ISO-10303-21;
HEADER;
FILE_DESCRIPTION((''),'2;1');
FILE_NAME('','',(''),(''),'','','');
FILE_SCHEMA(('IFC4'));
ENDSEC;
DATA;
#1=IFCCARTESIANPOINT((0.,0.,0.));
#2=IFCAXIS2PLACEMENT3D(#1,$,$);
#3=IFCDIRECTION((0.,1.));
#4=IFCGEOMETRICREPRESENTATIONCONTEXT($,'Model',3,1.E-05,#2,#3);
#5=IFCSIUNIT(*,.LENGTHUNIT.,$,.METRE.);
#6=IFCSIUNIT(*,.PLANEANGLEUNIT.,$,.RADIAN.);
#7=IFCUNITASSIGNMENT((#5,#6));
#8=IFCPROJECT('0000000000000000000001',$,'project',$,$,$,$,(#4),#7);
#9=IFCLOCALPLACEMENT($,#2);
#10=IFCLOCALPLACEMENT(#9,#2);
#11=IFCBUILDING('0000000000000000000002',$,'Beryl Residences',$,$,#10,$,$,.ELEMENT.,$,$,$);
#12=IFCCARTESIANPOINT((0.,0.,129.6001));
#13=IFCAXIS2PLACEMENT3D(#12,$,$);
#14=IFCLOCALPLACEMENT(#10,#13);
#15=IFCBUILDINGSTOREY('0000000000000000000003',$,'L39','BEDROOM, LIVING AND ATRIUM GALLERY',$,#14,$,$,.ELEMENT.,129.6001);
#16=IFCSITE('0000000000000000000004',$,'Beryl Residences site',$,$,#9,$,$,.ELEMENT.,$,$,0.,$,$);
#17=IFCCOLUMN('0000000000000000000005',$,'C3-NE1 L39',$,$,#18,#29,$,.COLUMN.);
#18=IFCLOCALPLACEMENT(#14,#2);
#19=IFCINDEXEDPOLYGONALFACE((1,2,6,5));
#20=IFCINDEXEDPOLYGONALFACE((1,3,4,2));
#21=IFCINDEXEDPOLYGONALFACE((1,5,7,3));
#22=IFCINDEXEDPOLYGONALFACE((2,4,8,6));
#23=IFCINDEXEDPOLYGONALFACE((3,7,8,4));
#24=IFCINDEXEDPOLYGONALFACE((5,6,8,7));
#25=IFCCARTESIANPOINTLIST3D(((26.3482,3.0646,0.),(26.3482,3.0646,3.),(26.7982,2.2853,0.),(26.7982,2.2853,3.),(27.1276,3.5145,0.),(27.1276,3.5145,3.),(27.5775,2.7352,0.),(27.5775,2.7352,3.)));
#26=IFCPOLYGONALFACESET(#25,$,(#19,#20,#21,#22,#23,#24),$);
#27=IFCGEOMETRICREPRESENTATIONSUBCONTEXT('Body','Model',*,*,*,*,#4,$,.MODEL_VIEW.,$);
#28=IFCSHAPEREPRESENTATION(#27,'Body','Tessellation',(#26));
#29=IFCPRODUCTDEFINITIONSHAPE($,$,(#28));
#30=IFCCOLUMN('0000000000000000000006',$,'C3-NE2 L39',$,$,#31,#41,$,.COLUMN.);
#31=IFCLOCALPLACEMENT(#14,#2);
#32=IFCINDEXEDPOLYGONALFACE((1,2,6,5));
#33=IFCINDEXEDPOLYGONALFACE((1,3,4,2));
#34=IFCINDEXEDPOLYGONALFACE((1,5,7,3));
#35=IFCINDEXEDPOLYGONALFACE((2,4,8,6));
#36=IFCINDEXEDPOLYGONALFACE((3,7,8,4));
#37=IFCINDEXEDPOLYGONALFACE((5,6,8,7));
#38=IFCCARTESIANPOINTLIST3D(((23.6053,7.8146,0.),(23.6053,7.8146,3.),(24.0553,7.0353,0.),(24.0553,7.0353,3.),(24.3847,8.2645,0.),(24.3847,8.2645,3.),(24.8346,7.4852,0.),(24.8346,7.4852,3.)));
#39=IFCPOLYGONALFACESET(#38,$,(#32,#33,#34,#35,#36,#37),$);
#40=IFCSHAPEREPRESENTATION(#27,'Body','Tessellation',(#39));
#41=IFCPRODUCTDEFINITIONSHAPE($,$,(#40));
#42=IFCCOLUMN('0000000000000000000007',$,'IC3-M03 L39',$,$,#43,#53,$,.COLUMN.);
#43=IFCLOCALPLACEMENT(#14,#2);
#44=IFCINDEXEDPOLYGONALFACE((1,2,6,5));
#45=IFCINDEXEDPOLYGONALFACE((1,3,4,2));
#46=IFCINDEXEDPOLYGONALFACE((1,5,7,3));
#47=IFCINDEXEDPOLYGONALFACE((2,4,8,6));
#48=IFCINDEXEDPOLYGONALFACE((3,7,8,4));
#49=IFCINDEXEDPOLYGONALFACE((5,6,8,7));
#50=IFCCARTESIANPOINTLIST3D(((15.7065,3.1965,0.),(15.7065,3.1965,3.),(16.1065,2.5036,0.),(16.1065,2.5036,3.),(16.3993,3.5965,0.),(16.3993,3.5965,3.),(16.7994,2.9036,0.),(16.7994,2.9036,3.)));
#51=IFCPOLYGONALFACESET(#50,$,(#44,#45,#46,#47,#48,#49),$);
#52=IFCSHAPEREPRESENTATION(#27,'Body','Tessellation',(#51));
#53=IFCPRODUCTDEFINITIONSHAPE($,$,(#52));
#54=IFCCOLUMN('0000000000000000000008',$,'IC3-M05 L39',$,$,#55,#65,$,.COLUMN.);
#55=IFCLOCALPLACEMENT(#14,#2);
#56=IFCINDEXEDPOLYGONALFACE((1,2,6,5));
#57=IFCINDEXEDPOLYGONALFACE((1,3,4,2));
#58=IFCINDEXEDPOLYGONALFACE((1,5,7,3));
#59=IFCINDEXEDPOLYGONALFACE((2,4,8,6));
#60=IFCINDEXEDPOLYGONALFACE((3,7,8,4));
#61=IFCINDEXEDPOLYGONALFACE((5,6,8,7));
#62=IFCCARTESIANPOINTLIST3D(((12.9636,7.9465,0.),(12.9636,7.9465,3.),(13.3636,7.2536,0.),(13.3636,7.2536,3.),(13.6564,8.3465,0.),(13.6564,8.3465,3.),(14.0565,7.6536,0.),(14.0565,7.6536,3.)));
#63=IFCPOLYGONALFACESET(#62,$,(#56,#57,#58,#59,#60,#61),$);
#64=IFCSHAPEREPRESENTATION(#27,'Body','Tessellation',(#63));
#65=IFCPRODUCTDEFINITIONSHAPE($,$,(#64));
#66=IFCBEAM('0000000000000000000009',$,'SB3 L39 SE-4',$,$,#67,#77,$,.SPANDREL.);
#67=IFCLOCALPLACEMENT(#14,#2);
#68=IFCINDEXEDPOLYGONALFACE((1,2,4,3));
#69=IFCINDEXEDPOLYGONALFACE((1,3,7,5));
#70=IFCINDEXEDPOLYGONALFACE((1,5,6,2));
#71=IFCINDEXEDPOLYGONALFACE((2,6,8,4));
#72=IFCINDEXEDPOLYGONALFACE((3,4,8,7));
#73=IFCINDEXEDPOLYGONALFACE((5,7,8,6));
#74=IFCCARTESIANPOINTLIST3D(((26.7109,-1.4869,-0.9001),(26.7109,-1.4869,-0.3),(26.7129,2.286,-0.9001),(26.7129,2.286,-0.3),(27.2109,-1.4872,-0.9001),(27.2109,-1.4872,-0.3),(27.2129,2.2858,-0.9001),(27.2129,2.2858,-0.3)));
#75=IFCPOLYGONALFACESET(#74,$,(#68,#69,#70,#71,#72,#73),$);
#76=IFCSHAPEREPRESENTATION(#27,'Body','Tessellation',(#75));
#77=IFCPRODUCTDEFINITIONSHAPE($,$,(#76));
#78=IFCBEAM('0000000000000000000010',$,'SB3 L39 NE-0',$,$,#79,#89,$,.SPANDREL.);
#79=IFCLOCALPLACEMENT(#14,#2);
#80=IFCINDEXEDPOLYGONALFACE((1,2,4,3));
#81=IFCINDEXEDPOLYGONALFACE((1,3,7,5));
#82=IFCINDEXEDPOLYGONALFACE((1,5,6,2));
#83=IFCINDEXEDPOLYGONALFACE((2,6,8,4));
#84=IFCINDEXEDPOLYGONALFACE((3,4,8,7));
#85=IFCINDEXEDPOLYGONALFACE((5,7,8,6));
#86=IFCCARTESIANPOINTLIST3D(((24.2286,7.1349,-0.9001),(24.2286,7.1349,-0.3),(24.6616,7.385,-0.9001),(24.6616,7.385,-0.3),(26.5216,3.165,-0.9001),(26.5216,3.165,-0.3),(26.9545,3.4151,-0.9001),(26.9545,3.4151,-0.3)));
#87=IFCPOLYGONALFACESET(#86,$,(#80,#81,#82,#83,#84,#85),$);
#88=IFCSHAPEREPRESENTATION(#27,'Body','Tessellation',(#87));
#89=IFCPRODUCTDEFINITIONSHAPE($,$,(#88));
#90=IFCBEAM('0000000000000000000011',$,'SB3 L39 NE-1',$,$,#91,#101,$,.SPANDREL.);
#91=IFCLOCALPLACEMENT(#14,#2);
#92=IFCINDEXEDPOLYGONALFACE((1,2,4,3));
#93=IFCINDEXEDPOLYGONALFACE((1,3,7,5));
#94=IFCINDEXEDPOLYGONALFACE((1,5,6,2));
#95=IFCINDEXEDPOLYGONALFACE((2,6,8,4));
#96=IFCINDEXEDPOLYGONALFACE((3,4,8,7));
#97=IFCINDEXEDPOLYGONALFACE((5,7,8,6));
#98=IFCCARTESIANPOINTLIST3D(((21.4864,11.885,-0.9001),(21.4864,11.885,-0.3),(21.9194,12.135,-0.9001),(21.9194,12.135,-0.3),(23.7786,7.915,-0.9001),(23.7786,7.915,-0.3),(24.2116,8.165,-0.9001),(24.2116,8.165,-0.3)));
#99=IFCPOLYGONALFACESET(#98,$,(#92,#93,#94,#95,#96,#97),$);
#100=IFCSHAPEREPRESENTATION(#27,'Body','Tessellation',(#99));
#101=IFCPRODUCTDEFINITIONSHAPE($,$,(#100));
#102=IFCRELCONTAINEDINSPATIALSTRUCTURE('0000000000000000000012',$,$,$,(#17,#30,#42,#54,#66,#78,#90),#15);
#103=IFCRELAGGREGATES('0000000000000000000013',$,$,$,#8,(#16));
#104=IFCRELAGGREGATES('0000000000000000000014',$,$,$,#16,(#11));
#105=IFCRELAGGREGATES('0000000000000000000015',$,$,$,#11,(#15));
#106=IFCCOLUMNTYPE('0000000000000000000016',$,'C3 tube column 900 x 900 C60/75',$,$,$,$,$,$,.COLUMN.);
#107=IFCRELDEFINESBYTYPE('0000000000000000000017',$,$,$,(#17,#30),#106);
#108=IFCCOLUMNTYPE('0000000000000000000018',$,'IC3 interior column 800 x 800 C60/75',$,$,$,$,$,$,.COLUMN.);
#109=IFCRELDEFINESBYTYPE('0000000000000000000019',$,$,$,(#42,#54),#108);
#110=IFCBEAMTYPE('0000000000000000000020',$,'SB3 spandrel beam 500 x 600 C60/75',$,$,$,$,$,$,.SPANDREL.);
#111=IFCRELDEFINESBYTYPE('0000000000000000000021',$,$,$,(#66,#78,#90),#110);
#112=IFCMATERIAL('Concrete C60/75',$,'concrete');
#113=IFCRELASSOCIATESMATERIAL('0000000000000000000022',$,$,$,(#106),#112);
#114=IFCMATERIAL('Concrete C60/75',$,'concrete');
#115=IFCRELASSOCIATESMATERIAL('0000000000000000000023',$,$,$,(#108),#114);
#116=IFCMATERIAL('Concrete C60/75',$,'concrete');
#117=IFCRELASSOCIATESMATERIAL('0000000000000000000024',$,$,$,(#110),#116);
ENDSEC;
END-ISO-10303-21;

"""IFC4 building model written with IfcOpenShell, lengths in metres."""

from ifc_helpers import new_model, si_unit, direction, frame, origin, origin_2d, place, context, subcontext, project, spatial, rectangle, extrude, material, material_profile, profile_set, type_object, element, save


model = new_model("IFC4")

# Units and contexts
model_context = context("Model", 3, precision=1e-05, world=origin(), true_north=direction((0.0, 1.0)))
body_context = subcontext(model_context, "Body", "Model", "MODEL_VIEW")
ifc_project = project(units=[si_unit("LENGTHUNIT", "METRE"), si_unit("PLANEANGLEUNIT", "RADIAN")], contexts=[model_context])

# Site, building, storey
site_placement = place(None, origin())
site = spatial("IfcSite", under=ifc_project, at=site_placement, Name="Beryl Residences site", CompositionType="ELEMENT", RefElevation=0.0)
building_placement = place(site_placement, origin())
building = spatial("IfcBuilding", under=site, at=building_placement, Name="Beryl Residences", CompositionType="ELEMENT")
storey_placement = place(building_placement, frame((0.0, 0.0, 129.6001)))
storey = spatial("IfcBuildingStorey", under=building, at=storey_placement, Name="L39", Description="BEDROOM, LIVING AND ATRIUM GALLERY", CompositionType="ELEMENT", Elevation=129.6001)

# Columns
ifc_material_1 = material(Name="Concrete C60/75", Category="concrete")
ifc_material_profile_1 = material_profile(ifc_material_1, rectangle(XDim=0.8999, YDim=0.8999, at=origin_2d()))
ifc_profile_set_1 = profile_set([ifc_material_profile_1], Name="Concrete C60/75")
column_type_1 = type_object("IfcColumnType", Name="C3 tube column 900 x 900 C60/75", PredefinedType="COLUMN", material=ifc_profile_set_1)
for number, where, z_axis, x_axis, name in (
    (1, (26.9629, 2.8999, 0.0), (0.0, 0.0, 1.0), (-0.5, 0.866025, 0.0), "C3-NE1 L39"),
    (2, (24.22, 7.6499, 0.0), (0.0, 0.0, 1.0), (-0.5, 0.866025, 0.0), "C3-NE2 L39"),
):
    element("IfcColumn", number, at=place(storey_placement, frame(where, z_axis=z_axis, x_axis=x_axis)), inside=storey, type_object=column_type_1, Name=name, PredefinedType="COLUMN", context=body_context, shape_type="SweptSolid", body=[
        extrude(rectangle(XDim=0.8999, YDim=0.8999, at=origin_2d()), origin(), (0.0, 0.0, 1.0), 3.0),
    ])
ifc_material_2 = material(Name="Concrete C60/75", Category="concrete")
ifc_material_profile_2 = material_profile(ifc_material_2, rectangle(XDim=0.8, YDim=0.8, at=origin_2d()))
ifc_profile_set_2 = profile_set([ifc_material_profile_2], Name="Concrete C60/75")
column_type_2 = type_object("IfcColumnType", Name="IC3 interior column 800 x 800 C60/75", PredefinedType="COLUMN", material=ifc_profile_set_2)
for number, where, z_axis, x_axis, name in (
    (3, (16.2529, 3.05, 0.0), (0.0, 0.0, 1.0), (-0.5, 0.866025, 0.0), "IC3-M03 L39"),
    (4, (13.51, 7.8, 0.0), (0.0, 0.0, 1.0), (-0.5, 0.866025, 0.0), "IC3-M05 L39"),
):
    element("IfcColumn", number, at=place(storey_placement, frame(where, z_axis=z_axis, x_axis=x_axis)), inside=storey, type_object=column_type_2, Name=name, PredefinedType="COLUMN", context=body_context, shape_type="SweptSolid", body=[
        extrude(rectangle(XDim=0.8, YDim=0.8, at=origin_2d()), origin(), (0.0, 0.0, 1.0), 3.0),
    ])

# Beams
ifc_material_3 = material(Name="Concrete C60/75", Category="concrete")
ifc_material_profile_3 = material_profile(ifc_material_3, rectangle(XDim=0.5, YDim=0.6001, at=origin_2d()))
ifc_profile_set_3 = profile_set([ifc_material_profile_3], Name="Concrete C60/75")
beam_type = type_object("IfcBeamType", Name="SB3 spandrel beam 500 x 600 C60/75", PredefinedType="SPANDREL", material=ifc_profile_set_3)
beam_1_placement = place(storey_placement, frame((26.9609, -1.4871, -0.6001), z_axis=(0.000518, 1.0, 0.0), x_axis=(-1.0, 0.000518, 0.0)))
element("IfcBeam", 5, at=beam_1_placement, inside=storey, type_object=beam_type, Name="SB3 L39 SE-4", PredefinedType="SPANDREL", context=body_context, shape_type="SweptSolid", body=[
    extrude(rectangle(XDim=0.5, YDim=0.6001, at=origin_2d()), origin(), (0.0, 0.0, 1.0), 3.7729),
])
beam_2_placement = place(storey_placement, frame((26.738, 3.29, -0.6001), z_axis=(-0.500148, 0.86594, 0.0), x_axis=(-0.86594, -0.500148, 0.0)))
element("IfcBeam", 6, at=beam_2_placement, inside=storey, type_object=beam_type, Name="SB3 L39 NE-0", PredefinedType="SPANDREL", context=body_context, shape_type="SweptSolid", body=[
    extrude(rectangle(XDim=0.5, YDim=0.6001, at=origin_2d()), origin(), (0.0, 0.0, 1.0), 4.5845),
])
beam_3_placement = place(storey_placement, frame((23.9951, 8.04, -0.6001), z_axis=(-0.500028, 0.866009, 0.0), x_axis=(-0.866009, -0.500028, 0.0)))
element("IfcBeam", 7, at=beam_3_placement, inside=storey, type_object=beam_type, Name="SB3 L39 NE-1", PredefinedType="SPANDREL", context=body_context, shape_type="SweptSolid", body=[
    extrude(rectangle(XDim=0.5, YDim=0.6001, at=origin_2d()), origin(), (0.0, 0.0, 1.0), 4.5842),
])

save(model, "model.ifc")
